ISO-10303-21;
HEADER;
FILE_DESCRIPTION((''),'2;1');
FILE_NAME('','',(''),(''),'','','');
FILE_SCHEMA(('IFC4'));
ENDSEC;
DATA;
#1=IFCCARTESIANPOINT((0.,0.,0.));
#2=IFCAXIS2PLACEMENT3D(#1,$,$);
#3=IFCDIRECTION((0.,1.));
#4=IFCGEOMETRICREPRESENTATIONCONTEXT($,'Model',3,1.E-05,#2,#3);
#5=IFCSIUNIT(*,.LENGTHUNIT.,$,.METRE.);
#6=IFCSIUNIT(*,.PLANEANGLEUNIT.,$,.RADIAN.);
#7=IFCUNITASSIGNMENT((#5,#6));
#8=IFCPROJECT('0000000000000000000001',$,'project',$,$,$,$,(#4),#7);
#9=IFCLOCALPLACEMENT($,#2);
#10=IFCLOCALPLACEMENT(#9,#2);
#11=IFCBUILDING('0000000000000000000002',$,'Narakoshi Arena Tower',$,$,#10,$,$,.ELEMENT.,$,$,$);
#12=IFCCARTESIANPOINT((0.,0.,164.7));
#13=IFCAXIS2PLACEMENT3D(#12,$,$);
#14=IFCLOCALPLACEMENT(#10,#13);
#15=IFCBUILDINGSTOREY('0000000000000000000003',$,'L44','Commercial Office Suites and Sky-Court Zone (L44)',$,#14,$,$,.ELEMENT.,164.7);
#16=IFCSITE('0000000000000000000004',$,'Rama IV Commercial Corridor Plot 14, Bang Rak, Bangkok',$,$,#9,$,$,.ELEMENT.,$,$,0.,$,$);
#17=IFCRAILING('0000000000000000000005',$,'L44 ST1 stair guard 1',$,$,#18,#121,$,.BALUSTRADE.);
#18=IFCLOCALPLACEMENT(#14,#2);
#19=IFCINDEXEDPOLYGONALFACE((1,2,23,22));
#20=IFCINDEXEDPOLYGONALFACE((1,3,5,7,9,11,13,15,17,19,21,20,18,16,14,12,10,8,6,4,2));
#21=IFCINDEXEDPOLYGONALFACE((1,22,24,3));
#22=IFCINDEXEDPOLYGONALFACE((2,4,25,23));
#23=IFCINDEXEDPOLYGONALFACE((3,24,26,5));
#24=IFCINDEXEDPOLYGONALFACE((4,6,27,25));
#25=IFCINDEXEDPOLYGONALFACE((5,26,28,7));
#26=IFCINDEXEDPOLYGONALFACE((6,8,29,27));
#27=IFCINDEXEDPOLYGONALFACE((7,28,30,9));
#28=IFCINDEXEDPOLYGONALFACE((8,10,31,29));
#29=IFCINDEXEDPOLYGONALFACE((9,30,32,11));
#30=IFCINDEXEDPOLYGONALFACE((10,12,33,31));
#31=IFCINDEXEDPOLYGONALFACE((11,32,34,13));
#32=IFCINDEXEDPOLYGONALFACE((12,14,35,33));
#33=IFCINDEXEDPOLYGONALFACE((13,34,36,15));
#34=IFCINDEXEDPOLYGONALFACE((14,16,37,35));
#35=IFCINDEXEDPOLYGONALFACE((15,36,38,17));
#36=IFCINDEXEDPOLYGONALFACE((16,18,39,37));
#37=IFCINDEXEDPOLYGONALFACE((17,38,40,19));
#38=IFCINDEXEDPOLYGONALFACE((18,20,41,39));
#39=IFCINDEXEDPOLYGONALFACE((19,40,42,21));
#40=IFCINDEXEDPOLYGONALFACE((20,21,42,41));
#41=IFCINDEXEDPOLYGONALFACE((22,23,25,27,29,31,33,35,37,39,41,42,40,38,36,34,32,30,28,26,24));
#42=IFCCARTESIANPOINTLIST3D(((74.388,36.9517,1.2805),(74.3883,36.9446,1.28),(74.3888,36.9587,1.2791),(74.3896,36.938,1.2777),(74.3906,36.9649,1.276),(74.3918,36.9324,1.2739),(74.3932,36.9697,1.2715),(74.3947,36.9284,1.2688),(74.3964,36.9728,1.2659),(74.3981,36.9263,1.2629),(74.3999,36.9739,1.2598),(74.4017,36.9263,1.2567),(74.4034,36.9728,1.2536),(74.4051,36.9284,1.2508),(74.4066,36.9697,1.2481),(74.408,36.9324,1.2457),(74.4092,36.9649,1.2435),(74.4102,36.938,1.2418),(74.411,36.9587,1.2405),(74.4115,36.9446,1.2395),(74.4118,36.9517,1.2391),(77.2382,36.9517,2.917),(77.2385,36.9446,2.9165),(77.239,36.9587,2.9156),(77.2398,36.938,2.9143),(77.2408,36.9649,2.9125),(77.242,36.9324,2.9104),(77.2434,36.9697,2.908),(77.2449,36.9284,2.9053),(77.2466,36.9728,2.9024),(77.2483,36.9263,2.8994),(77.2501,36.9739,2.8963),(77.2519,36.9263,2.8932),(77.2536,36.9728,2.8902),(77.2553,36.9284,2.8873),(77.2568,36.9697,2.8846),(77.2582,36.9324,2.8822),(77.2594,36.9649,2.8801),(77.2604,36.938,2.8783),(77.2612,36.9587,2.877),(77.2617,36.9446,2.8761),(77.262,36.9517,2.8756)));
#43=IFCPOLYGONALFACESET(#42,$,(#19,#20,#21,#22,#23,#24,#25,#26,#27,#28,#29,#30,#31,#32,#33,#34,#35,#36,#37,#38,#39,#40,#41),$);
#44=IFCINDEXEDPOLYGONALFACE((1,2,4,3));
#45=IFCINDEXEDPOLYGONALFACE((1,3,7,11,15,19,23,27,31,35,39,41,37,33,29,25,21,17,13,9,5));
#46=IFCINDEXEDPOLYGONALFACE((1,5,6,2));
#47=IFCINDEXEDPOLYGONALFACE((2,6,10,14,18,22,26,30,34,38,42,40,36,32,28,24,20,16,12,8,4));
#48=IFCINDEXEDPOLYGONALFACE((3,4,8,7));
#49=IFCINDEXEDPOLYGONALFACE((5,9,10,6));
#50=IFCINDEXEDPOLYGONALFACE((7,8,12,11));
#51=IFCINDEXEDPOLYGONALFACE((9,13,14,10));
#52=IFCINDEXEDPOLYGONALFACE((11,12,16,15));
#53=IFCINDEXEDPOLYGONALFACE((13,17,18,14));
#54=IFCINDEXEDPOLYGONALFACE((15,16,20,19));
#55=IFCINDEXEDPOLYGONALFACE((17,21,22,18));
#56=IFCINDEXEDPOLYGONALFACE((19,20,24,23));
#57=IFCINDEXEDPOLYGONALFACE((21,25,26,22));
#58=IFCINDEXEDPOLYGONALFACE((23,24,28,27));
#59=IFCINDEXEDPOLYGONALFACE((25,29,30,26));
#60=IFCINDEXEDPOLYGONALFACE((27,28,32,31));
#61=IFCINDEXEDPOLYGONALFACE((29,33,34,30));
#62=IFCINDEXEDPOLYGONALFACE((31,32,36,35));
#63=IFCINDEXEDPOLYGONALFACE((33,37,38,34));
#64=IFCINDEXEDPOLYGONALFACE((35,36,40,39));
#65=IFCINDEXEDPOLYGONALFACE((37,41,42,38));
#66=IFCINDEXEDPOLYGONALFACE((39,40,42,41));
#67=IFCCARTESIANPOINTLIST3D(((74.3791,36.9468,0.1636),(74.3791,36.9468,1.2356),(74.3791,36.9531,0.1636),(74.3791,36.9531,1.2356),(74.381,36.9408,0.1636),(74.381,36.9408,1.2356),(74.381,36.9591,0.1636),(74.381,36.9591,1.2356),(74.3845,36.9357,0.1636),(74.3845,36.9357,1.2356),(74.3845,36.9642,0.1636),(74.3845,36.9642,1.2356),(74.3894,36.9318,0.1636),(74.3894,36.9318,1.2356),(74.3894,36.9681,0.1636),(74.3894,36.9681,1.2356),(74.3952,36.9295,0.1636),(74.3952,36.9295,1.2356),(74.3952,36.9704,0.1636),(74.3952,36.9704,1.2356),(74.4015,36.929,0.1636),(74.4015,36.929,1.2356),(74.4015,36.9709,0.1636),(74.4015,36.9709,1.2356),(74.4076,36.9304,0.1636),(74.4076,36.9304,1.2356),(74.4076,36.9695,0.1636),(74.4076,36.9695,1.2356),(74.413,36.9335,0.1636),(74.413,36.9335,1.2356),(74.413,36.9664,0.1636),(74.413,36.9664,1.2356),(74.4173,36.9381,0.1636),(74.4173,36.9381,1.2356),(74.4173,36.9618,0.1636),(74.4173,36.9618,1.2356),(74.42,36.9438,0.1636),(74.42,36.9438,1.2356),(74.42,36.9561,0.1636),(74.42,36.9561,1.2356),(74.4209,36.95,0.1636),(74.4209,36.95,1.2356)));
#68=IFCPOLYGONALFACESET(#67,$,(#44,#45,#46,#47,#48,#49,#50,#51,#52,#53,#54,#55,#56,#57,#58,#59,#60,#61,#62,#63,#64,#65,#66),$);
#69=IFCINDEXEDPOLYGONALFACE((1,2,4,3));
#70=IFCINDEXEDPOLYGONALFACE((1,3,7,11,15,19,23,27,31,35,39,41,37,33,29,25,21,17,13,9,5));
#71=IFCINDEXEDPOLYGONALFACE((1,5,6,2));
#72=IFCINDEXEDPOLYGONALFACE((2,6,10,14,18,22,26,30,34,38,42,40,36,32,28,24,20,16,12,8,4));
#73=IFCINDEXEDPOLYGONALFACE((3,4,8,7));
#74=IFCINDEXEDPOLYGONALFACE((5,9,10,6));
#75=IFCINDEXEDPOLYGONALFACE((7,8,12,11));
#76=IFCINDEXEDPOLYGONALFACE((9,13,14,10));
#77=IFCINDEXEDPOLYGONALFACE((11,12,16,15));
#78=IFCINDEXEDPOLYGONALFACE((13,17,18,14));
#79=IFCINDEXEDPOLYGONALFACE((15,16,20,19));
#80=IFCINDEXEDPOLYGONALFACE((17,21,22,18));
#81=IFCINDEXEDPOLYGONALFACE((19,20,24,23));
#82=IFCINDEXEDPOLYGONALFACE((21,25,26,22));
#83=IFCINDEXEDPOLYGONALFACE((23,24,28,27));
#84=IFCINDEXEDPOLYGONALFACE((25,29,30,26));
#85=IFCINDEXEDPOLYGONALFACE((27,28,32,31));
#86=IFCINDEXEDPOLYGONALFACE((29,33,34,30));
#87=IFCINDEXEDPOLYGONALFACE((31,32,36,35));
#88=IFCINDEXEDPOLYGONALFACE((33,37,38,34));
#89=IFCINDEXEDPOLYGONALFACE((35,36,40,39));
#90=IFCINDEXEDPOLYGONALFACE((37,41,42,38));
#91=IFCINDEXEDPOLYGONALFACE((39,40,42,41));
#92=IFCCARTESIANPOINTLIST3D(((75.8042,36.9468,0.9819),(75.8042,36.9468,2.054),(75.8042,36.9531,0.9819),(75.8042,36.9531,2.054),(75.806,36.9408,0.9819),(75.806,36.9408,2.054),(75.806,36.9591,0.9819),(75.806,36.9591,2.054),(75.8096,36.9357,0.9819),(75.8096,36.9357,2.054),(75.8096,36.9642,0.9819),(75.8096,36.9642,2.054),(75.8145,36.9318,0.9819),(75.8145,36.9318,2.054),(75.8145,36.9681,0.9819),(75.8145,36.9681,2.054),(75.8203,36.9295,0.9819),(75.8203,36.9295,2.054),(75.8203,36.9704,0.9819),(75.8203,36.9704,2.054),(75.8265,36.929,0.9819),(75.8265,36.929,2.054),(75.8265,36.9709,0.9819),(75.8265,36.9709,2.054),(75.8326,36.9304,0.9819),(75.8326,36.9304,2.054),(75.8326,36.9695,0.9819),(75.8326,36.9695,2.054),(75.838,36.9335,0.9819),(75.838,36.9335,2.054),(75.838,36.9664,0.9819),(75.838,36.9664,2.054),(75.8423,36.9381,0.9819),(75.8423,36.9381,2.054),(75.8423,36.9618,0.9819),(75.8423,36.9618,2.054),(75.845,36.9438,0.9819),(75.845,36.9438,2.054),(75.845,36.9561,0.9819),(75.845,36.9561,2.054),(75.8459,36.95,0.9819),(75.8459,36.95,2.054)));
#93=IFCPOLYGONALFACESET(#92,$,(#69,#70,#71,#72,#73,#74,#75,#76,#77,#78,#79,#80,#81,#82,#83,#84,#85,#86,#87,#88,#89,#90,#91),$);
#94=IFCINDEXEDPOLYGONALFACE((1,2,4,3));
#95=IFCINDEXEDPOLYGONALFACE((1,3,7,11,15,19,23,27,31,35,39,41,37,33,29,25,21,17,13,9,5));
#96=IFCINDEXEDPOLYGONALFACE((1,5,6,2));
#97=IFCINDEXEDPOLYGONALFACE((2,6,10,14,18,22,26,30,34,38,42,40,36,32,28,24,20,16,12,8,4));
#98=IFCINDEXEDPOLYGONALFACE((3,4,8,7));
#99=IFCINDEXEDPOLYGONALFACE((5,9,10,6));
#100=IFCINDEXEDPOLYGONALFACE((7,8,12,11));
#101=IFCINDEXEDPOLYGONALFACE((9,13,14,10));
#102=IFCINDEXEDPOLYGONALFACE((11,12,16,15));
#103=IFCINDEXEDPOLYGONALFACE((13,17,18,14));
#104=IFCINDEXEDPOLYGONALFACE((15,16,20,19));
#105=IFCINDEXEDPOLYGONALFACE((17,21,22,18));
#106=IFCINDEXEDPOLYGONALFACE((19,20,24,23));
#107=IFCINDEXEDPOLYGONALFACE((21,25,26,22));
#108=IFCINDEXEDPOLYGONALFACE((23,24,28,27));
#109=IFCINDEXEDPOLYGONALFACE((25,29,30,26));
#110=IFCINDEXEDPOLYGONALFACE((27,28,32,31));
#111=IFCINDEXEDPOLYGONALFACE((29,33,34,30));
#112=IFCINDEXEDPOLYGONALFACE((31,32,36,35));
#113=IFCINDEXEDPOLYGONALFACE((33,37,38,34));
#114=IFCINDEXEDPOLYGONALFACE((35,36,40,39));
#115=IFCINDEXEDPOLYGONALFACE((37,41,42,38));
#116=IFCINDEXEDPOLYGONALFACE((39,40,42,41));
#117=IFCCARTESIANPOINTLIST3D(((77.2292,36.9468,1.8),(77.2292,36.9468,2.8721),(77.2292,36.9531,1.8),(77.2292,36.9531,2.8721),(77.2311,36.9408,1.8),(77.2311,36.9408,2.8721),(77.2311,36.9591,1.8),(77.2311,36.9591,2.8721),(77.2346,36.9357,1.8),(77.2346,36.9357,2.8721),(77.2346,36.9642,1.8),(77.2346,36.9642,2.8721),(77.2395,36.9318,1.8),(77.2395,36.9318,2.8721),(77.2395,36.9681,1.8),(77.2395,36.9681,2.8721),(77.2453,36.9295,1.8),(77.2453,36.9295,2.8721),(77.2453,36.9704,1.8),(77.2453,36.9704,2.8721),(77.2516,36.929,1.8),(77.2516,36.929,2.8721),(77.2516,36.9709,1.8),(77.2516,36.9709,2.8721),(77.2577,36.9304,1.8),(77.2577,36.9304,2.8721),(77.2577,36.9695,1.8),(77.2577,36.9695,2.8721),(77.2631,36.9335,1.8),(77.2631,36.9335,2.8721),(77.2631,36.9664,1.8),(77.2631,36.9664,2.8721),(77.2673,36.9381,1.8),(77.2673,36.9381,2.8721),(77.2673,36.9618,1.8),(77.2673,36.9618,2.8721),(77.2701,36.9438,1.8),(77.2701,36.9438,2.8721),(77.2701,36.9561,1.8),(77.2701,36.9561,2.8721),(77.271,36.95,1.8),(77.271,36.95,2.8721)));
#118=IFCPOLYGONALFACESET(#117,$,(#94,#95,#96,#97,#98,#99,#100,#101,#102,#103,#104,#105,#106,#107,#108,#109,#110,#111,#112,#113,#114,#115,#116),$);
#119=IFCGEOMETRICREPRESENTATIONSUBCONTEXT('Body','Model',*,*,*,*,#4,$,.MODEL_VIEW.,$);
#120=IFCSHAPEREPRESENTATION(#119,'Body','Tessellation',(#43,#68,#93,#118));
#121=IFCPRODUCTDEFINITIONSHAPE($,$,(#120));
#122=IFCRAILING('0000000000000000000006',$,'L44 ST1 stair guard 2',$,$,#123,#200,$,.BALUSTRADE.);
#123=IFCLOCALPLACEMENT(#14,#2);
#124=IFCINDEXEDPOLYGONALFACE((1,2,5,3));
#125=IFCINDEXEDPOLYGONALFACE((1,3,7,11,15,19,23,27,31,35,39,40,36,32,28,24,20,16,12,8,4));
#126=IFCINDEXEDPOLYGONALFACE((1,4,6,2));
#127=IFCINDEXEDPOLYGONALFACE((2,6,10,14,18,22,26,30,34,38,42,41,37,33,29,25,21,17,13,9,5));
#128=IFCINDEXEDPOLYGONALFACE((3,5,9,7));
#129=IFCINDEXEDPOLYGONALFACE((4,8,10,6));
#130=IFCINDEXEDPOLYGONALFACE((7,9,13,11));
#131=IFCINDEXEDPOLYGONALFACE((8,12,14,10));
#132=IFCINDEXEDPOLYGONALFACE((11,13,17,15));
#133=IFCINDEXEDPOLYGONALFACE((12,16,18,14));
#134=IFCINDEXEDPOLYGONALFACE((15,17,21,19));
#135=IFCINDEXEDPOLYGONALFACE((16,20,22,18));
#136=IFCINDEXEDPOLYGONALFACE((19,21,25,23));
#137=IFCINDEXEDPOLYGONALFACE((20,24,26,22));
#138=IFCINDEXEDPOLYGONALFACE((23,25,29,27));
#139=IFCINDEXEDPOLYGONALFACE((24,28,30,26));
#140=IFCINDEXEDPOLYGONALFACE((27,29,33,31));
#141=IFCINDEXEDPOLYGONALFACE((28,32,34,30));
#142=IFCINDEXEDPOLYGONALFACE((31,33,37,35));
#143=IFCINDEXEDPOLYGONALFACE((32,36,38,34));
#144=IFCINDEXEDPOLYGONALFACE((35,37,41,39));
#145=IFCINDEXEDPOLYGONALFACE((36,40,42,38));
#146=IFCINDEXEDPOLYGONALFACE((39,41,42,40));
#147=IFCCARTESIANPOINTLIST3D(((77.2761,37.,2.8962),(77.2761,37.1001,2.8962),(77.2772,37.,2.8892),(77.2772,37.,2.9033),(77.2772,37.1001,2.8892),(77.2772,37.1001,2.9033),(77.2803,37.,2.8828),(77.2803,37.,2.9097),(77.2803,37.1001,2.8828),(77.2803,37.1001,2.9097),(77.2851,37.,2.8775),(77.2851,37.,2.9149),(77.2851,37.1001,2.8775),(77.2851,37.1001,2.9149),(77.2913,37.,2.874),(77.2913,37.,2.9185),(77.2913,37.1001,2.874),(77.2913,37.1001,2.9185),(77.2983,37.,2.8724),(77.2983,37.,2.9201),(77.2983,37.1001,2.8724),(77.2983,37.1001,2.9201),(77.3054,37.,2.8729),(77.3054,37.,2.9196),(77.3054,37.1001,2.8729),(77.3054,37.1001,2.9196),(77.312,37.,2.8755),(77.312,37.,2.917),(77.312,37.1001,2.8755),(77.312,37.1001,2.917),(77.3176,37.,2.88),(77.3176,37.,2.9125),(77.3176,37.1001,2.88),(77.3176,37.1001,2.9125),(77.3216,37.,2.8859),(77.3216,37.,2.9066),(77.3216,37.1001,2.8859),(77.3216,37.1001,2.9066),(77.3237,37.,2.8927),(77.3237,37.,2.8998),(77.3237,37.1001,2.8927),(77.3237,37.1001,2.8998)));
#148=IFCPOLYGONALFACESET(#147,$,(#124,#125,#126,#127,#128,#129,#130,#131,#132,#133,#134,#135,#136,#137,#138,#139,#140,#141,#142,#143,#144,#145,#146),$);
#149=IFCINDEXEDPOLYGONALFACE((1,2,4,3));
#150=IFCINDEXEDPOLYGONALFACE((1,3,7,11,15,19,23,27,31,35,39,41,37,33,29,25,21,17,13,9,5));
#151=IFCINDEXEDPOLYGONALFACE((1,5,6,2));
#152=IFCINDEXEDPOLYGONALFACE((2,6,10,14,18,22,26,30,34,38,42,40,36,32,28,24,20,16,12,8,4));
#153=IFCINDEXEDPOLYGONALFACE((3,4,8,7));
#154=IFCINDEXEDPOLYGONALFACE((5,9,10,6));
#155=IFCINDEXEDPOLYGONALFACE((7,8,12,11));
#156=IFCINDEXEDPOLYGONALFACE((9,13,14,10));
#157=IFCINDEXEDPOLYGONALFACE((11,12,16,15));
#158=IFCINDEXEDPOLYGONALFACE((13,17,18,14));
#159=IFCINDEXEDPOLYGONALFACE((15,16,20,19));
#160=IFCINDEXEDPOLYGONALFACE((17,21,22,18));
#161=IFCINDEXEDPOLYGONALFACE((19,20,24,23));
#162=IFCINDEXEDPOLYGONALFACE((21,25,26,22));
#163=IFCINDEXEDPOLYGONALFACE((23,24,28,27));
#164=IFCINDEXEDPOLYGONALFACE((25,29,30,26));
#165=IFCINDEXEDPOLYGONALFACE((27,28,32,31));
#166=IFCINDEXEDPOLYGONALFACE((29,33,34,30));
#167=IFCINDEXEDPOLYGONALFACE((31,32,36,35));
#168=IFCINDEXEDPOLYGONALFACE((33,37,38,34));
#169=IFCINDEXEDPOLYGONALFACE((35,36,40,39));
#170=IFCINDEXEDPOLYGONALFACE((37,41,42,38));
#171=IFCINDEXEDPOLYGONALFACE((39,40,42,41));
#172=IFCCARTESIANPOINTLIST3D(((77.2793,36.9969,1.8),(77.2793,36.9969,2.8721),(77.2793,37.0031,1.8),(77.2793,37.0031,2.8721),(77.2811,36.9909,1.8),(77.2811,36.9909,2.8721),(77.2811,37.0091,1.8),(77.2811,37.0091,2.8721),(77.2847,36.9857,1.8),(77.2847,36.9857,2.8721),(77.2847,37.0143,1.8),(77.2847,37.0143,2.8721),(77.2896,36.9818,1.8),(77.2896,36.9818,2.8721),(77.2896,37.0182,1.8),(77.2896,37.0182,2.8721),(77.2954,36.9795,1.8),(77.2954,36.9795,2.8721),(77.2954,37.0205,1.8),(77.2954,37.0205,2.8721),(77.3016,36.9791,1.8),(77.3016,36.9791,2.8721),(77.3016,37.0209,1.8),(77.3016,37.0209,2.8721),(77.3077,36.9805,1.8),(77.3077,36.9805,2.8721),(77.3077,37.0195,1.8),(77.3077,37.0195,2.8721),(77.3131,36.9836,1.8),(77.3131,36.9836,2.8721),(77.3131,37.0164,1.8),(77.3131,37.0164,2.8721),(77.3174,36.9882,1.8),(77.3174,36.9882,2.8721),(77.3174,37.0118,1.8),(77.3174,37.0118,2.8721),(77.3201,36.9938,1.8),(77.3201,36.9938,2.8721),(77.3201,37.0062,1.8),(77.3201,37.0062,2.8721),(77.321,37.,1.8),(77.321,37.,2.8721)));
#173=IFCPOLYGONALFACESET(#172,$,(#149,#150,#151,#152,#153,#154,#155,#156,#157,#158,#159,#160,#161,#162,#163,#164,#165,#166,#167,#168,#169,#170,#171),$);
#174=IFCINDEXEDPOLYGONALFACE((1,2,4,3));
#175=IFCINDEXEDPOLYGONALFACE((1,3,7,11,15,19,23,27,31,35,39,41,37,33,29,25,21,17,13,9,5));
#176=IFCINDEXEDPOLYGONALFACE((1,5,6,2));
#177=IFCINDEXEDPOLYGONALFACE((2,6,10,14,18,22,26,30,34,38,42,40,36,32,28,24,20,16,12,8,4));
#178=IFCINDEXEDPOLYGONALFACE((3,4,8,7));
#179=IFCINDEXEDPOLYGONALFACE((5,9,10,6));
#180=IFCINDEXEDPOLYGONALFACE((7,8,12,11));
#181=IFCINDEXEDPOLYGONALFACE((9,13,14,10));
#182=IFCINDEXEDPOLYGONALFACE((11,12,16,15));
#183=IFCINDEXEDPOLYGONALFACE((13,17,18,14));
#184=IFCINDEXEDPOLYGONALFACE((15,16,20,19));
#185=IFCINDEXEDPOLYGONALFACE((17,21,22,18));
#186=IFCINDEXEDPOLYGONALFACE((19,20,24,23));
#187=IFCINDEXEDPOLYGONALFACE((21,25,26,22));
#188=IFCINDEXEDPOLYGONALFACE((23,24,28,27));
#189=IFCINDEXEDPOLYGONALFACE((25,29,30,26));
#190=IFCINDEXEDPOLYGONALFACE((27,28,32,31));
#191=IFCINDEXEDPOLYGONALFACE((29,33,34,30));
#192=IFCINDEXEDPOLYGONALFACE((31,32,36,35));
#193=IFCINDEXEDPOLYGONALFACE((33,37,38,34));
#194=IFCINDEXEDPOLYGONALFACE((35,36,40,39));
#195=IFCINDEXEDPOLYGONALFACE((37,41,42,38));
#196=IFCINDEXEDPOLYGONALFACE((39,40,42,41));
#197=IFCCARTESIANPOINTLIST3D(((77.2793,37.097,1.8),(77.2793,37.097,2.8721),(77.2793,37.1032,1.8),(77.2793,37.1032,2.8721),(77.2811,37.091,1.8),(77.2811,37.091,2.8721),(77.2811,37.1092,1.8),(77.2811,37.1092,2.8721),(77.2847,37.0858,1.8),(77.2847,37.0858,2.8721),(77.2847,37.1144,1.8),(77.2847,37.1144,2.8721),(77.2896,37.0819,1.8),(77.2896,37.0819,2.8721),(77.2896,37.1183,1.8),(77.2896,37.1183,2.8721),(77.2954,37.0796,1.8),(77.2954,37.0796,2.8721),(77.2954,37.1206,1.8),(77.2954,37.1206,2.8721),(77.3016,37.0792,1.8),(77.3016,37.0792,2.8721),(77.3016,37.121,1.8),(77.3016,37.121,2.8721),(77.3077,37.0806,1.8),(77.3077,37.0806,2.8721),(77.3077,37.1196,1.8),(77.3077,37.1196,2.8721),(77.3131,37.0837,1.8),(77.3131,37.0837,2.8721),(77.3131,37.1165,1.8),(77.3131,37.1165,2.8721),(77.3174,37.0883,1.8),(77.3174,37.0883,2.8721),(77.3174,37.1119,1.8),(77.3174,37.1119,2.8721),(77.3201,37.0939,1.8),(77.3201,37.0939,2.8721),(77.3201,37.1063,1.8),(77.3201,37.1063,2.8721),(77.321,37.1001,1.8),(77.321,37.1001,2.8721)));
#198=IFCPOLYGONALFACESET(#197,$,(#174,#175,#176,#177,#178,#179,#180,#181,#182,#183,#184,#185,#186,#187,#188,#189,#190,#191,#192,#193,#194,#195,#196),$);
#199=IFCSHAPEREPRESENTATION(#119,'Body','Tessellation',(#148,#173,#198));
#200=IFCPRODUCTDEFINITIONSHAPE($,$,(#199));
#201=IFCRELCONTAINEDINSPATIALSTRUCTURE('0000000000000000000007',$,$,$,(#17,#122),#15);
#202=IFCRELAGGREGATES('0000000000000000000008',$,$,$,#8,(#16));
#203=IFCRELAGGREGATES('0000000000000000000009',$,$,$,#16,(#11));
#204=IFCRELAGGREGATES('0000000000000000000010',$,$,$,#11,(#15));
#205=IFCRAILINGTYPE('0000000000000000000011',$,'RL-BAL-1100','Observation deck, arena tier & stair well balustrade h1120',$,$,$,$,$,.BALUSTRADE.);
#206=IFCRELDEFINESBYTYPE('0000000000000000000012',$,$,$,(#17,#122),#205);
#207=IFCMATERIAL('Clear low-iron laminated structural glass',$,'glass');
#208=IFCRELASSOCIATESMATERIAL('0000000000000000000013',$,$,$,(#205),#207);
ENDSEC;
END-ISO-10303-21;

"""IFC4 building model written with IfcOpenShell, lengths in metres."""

from ifc_helpers import new_model, si_unit, direction, frame, origin, origin_2d, place, context, subcontext, project, spatial, circle, extrude, material, type_object, element, save


model = new_model("IFC4")

# Units and contexts
model_context = context("Model", 3, precision=1e-05, world=origin(), true_north=direction((0.0, 1.0)))
body_context = subcontext(model_context, "Body", "Model", "MODEL_VIEW")
ifc_project = project(units=[si_unit("LENGTHUNIT", "METRE"), si_unit("PLANEANGLEUNIT", "RADIAN")], contexts=[model_context])

# Site, building, storey
site_placement = place(None, origin())
site = spatial("IfcSite", under=ifc_project, at=site_placement, Name="Rama IV Commercial Corridor Plot 14, Bang Rak, Bangkok", CompositionType="ELEMENT", RefElevation=0.0)
building_placement = place(site_placement, origin())
building = spatial("IfcBuilding", under=site, at=building_placement, Name="Narakoshi Arena Tower", CompositionType="ELEMENT")
storey_placement = place(building_placement, frame((0.0, 0.0, 164.7)))
storey = spatial("IfcBuildingStorey", under=building, at=storey_placement, Name="L44", Description="Commercial Office Suites and Sky-Court Zone (L44)", CompositionType="ELEMENT", Elevation=164.7)

# Railings
ifc_material_1 = material(Name="Clear low-iron laminated structural glass", Category="glass")
railing_type_1 = type_object("IfcRailingType", Name="RL-BAL-1100", Description="Observation deck, arena tier & stair well balustrade h1120", PredefinedType="BALUSTRADE", material=ifc_material_1)
railing_1_placement = place(storey_placement, frame((74.3999, 36.95, 0.1636)))
element("IfcRailing", 1, at=railing_1_placement, inside=storey, type_object=railing_type_1, Name="L44 ST1 stair guard 1", PredefinedType="BALUSTRADE", context=body_context, shape_type="SweptSolid", body=[
    extrude(circle(Radius=0.0239, at=origin_2d()), frame((0.0, 0.0, 1.0962), z_axis=(0.867213, 0.0, 0.497938), x_axis=(0.0, 1.0, 0.0)), (0.0, 0.0, 1.0), 3.2866),
    extrude(circle(Radius=0.021, at=origin_2d()), origin(), (0.0, 0.0, 1.0), 1.072),
    extrude(circle(Radius=0.021, at=origin_2d()), frame((1.425, 0.0, 0.8184)), (0.0, 0.0, 1.0), 1.072),
    extrude(circle(Radius=0.021, at=origin_2d()), frame((2.8501, 0.0, 1.6365)), (0.0, 0.0, 1.0), 1.072),
])
railing_2_placement = place(storey_placement, frame((77.3, 37.0, 1.8)))
element("IfcRailing", 2, at=railing_2_placement, inside=storey, type_object=railing_type_1, Name="L44 ST1 stair guard 2", PredefinedType="BALUSTRADE", context=body_context, shape_type="SweptSolid", body=[
    extrude(circle(Radius=0.0239, at=origin_2d()), frame((0.0, 0.0, 1.0962), z_axis=(0.0, 1.0, 0.0), x_axis=(-1.0, 0.0, 0.0)), (0.0, 0.0, 1.0), 0.1001),
    extrude(circle(Radius=0.021, at=origin_2d()), origin(), (0.0, 0.0, 1.0), 1.072),
    extrude(circle(Radius=0.021, at=origin_2d()), frame((0.0, 0.1001, 0.0)), (0.0, 0.0, 1.0), 1.072),
])

save(model, "model.ifc")
